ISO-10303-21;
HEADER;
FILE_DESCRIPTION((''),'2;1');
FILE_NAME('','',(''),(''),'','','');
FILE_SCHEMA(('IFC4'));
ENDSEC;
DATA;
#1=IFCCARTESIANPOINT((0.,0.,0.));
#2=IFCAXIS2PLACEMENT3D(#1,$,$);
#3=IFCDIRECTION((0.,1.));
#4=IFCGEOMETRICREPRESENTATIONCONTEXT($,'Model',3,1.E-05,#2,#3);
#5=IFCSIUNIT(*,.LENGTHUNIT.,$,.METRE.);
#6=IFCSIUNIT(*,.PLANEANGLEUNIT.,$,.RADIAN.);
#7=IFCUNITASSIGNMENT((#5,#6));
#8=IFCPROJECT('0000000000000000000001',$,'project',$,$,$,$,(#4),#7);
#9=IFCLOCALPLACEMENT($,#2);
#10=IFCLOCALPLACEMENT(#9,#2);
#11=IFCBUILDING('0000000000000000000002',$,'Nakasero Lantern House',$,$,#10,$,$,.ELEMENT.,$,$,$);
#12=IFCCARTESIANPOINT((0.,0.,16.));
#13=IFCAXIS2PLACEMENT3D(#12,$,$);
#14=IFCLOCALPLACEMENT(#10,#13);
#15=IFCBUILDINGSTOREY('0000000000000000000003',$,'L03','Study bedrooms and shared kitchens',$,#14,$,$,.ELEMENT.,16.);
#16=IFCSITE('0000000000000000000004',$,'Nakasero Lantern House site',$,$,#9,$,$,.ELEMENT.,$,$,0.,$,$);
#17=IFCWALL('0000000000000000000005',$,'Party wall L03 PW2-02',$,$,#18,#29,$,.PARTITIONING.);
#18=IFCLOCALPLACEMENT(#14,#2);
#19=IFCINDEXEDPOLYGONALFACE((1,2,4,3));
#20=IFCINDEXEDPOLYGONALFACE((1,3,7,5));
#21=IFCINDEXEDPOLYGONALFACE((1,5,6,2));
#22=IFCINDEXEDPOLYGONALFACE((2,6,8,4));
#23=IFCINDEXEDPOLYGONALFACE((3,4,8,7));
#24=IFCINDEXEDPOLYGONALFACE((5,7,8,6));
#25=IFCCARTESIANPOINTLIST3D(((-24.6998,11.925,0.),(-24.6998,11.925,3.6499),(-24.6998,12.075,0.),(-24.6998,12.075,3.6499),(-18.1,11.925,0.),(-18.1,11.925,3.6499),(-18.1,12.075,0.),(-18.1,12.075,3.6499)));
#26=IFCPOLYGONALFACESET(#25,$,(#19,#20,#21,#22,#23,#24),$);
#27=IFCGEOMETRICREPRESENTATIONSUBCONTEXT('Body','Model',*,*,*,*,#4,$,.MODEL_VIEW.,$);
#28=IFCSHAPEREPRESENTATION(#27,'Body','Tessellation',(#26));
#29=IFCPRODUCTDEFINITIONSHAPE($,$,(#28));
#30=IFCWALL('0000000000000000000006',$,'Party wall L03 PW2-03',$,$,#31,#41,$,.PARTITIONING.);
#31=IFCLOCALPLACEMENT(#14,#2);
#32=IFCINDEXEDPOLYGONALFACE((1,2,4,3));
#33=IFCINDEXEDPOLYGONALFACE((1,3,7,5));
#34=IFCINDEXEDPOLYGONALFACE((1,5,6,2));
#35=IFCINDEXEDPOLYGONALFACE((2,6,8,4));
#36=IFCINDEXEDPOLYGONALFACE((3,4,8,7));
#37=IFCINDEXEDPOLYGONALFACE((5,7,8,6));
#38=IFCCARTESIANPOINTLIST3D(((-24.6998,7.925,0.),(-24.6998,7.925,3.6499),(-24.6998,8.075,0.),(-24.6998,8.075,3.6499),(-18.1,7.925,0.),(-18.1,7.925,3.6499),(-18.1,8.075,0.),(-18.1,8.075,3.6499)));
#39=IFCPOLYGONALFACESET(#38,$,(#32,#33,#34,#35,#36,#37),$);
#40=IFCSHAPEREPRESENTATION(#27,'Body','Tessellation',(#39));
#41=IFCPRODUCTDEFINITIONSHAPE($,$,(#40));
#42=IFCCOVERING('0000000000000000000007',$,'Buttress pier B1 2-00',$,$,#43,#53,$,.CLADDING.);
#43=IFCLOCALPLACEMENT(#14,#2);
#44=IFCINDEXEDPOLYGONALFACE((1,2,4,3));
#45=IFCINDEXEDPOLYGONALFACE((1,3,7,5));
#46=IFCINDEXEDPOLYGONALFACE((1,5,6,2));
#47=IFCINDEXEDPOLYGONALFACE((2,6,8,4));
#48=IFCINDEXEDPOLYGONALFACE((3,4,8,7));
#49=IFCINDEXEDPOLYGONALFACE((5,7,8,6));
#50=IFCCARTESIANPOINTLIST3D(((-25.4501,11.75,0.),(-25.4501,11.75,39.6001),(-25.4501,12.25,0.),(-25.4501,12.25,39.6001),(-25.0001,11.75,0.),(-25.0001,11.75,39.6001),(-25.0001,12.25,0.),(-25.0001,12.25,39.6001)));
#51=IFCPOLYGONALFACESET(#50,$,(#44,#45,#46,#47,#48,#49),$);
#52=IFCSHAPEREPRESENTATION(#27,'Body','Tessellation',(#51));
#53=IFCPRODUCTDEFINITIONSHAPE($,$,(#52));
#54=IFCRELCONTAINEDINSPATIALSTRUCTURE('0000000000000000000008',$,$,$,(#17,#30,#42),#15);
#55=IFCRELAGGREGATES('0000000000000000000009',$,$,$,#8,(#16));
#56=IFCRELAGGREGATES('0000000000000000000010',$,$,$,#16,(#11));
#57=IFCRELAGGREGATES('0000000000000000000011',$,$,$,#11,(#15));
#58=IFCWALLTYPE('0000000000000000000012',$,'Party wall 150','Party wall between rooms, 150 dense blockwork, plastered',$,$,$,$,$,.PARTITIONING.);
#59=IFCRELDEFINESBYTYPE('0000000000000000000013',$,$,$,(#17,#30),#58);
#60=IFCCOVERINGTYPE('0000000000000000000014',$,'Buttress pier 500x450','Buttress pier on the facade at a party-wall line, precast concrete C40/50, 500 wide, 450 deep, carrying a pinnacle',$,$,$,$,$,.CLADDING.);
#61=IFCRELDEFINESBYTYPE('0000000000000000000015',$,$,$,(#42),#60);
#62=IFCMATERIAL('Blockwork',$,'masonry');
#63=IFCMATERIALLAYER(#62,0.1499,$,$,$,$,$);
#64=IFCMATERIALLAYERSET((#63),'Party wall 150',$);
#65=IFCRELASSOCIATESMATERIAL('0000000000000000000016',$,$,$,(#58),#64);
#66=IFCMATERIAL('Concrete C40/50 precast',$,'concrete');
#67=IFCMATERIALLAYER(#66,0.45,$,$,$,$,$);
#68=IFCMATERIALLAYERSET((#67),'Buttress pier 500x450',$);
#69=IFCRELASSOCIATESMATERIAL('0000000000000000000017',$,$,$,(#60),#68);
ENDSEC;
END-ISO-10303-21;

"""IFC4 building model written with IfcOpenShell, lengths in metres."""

from ifc_helpers import new_model, si_unit, direction, frame, frame_2d, origin, origin_2d, place, context, subcontext, project, spatial, rectangle, extrude, material, layer, layer_set, type_object, element, save


model = new_model("IFC4")

# Units and contexts
model_context = context("Model", 3, precision=1e-05, world=origin(), true_north=direction((0.0, 1.0)))
body_context = subcontext(model_context, "Body", "Model", "MODEL_VIEW")
ifc_project = project(units=[si_unit("LENGTHUNIT", "METRE"), si_unit("PLANEANGLEUNIT", "RADIAN")], contexts=[model_context])

# Site, building, storey
site_placement = place(None, origin())
site = spatial("IfcSite", under=ifc_project, at=site_placement, Name="Nakasero Lantern House site", CompositionType="ELEMENT", RefElevation=0.0)
building_placement = place(site_placement, origin())
building = spatial("IfcBuilding", under=site, at=building_placement, Name="Nakasero Lantern House", CompositionType="ELEMENT")
storey_placement = place(building_placement, frame((0.0, 0.0, 16.0)))
storey = spatial("IfcBuildingStorey", under=building, at=storey_placement, Name="L03", Description="Study bedrooms and shared kitchens", CompositionType="ELEMENT", Elevation=16.0)

# Walls
ifc_material_1 = material(Name="Blockwork", Category="masonry")
ifc_layer_1 = layer(ifc_material_1, 0.1499)
ifc_layer_set_1 = layer_set([ifc_layer_1], Name="Party wall 150")
wall_type_1 = type_object("IfcWallType", Name="Party wall 150", Description="Party wall between rooms, 150 dense blockwork, plastered", PredefinedType="PARTITIONING", material=ifc_layer_set_1)
for number, where, z_axis, x_axis, name in (
    (1, (-18.1001, 12.0, 0.0), (0.0, 0.0, 1.0), (-1.0, 0.0, 0.0), "Party wall L03 PW2-02"),
    (2, (-18.1001, 8.0, 0.0), (0.0, 0.0, 1.0), (-1.0, 0.0, 0.0), "Party wall L03 PW2-03"),
):
    element("IfcWall", number, at=place(storey_placement, frame(where, z_axis=z_axis, x_axis=x_axis)), inside=storey, type_object=wall_type_1, Name=name, PredefinedType="PARTITIONING", context=body_context, shape_type="SweptSolid", body=[
        extrude(rectangle(XDim=6.5999, YDim=0.1499, at=frame_2d((3.2998, 0.0))), origin(), (0.0, 0.0, 1.0), 3.6499),
    ])

# Covering
ifc_material_2 = material(Name="Concrete C40/50 precast", Category="concrete")
ifc_layer_2 = layer(ifc_material_2, 0.45)
ifc_layer_set_2 = layer_set([ifc_layer_2], Name="Buttress pier 500x450")
covering_type = type_object("IfcCoveringType", Name="Buttress pier 500x450", Description="Buttress pier on the facade at a party-wall line, precast concrete C40/50, 500 wide, 450 deep, carrying a pinnacle", PredefinedType="CLADDING", material=ifc_layer_set_2)
covering_placement = place(storey_placement, frame((-25.2251, 12.0, 0.0), z_axis=(0.0, 0.0, 1.0), x_axis=(-1.0, 0.0, 0.0)))
element("IfcCovering", 3, at=covering_placement, inside=storey, type_object=covering_type, Name="Buttress pier B1 2-00", PredefinedType="CLADDING", context=body_context, shape_type="SweptSolid", body=[
    extrude(rectangle(XDim=0.45, YDim=0.5, at=origin_2d()), origin(), (0.0, 0.0, 1.0), 39.6001),
])

save(model, "model.ifc")
